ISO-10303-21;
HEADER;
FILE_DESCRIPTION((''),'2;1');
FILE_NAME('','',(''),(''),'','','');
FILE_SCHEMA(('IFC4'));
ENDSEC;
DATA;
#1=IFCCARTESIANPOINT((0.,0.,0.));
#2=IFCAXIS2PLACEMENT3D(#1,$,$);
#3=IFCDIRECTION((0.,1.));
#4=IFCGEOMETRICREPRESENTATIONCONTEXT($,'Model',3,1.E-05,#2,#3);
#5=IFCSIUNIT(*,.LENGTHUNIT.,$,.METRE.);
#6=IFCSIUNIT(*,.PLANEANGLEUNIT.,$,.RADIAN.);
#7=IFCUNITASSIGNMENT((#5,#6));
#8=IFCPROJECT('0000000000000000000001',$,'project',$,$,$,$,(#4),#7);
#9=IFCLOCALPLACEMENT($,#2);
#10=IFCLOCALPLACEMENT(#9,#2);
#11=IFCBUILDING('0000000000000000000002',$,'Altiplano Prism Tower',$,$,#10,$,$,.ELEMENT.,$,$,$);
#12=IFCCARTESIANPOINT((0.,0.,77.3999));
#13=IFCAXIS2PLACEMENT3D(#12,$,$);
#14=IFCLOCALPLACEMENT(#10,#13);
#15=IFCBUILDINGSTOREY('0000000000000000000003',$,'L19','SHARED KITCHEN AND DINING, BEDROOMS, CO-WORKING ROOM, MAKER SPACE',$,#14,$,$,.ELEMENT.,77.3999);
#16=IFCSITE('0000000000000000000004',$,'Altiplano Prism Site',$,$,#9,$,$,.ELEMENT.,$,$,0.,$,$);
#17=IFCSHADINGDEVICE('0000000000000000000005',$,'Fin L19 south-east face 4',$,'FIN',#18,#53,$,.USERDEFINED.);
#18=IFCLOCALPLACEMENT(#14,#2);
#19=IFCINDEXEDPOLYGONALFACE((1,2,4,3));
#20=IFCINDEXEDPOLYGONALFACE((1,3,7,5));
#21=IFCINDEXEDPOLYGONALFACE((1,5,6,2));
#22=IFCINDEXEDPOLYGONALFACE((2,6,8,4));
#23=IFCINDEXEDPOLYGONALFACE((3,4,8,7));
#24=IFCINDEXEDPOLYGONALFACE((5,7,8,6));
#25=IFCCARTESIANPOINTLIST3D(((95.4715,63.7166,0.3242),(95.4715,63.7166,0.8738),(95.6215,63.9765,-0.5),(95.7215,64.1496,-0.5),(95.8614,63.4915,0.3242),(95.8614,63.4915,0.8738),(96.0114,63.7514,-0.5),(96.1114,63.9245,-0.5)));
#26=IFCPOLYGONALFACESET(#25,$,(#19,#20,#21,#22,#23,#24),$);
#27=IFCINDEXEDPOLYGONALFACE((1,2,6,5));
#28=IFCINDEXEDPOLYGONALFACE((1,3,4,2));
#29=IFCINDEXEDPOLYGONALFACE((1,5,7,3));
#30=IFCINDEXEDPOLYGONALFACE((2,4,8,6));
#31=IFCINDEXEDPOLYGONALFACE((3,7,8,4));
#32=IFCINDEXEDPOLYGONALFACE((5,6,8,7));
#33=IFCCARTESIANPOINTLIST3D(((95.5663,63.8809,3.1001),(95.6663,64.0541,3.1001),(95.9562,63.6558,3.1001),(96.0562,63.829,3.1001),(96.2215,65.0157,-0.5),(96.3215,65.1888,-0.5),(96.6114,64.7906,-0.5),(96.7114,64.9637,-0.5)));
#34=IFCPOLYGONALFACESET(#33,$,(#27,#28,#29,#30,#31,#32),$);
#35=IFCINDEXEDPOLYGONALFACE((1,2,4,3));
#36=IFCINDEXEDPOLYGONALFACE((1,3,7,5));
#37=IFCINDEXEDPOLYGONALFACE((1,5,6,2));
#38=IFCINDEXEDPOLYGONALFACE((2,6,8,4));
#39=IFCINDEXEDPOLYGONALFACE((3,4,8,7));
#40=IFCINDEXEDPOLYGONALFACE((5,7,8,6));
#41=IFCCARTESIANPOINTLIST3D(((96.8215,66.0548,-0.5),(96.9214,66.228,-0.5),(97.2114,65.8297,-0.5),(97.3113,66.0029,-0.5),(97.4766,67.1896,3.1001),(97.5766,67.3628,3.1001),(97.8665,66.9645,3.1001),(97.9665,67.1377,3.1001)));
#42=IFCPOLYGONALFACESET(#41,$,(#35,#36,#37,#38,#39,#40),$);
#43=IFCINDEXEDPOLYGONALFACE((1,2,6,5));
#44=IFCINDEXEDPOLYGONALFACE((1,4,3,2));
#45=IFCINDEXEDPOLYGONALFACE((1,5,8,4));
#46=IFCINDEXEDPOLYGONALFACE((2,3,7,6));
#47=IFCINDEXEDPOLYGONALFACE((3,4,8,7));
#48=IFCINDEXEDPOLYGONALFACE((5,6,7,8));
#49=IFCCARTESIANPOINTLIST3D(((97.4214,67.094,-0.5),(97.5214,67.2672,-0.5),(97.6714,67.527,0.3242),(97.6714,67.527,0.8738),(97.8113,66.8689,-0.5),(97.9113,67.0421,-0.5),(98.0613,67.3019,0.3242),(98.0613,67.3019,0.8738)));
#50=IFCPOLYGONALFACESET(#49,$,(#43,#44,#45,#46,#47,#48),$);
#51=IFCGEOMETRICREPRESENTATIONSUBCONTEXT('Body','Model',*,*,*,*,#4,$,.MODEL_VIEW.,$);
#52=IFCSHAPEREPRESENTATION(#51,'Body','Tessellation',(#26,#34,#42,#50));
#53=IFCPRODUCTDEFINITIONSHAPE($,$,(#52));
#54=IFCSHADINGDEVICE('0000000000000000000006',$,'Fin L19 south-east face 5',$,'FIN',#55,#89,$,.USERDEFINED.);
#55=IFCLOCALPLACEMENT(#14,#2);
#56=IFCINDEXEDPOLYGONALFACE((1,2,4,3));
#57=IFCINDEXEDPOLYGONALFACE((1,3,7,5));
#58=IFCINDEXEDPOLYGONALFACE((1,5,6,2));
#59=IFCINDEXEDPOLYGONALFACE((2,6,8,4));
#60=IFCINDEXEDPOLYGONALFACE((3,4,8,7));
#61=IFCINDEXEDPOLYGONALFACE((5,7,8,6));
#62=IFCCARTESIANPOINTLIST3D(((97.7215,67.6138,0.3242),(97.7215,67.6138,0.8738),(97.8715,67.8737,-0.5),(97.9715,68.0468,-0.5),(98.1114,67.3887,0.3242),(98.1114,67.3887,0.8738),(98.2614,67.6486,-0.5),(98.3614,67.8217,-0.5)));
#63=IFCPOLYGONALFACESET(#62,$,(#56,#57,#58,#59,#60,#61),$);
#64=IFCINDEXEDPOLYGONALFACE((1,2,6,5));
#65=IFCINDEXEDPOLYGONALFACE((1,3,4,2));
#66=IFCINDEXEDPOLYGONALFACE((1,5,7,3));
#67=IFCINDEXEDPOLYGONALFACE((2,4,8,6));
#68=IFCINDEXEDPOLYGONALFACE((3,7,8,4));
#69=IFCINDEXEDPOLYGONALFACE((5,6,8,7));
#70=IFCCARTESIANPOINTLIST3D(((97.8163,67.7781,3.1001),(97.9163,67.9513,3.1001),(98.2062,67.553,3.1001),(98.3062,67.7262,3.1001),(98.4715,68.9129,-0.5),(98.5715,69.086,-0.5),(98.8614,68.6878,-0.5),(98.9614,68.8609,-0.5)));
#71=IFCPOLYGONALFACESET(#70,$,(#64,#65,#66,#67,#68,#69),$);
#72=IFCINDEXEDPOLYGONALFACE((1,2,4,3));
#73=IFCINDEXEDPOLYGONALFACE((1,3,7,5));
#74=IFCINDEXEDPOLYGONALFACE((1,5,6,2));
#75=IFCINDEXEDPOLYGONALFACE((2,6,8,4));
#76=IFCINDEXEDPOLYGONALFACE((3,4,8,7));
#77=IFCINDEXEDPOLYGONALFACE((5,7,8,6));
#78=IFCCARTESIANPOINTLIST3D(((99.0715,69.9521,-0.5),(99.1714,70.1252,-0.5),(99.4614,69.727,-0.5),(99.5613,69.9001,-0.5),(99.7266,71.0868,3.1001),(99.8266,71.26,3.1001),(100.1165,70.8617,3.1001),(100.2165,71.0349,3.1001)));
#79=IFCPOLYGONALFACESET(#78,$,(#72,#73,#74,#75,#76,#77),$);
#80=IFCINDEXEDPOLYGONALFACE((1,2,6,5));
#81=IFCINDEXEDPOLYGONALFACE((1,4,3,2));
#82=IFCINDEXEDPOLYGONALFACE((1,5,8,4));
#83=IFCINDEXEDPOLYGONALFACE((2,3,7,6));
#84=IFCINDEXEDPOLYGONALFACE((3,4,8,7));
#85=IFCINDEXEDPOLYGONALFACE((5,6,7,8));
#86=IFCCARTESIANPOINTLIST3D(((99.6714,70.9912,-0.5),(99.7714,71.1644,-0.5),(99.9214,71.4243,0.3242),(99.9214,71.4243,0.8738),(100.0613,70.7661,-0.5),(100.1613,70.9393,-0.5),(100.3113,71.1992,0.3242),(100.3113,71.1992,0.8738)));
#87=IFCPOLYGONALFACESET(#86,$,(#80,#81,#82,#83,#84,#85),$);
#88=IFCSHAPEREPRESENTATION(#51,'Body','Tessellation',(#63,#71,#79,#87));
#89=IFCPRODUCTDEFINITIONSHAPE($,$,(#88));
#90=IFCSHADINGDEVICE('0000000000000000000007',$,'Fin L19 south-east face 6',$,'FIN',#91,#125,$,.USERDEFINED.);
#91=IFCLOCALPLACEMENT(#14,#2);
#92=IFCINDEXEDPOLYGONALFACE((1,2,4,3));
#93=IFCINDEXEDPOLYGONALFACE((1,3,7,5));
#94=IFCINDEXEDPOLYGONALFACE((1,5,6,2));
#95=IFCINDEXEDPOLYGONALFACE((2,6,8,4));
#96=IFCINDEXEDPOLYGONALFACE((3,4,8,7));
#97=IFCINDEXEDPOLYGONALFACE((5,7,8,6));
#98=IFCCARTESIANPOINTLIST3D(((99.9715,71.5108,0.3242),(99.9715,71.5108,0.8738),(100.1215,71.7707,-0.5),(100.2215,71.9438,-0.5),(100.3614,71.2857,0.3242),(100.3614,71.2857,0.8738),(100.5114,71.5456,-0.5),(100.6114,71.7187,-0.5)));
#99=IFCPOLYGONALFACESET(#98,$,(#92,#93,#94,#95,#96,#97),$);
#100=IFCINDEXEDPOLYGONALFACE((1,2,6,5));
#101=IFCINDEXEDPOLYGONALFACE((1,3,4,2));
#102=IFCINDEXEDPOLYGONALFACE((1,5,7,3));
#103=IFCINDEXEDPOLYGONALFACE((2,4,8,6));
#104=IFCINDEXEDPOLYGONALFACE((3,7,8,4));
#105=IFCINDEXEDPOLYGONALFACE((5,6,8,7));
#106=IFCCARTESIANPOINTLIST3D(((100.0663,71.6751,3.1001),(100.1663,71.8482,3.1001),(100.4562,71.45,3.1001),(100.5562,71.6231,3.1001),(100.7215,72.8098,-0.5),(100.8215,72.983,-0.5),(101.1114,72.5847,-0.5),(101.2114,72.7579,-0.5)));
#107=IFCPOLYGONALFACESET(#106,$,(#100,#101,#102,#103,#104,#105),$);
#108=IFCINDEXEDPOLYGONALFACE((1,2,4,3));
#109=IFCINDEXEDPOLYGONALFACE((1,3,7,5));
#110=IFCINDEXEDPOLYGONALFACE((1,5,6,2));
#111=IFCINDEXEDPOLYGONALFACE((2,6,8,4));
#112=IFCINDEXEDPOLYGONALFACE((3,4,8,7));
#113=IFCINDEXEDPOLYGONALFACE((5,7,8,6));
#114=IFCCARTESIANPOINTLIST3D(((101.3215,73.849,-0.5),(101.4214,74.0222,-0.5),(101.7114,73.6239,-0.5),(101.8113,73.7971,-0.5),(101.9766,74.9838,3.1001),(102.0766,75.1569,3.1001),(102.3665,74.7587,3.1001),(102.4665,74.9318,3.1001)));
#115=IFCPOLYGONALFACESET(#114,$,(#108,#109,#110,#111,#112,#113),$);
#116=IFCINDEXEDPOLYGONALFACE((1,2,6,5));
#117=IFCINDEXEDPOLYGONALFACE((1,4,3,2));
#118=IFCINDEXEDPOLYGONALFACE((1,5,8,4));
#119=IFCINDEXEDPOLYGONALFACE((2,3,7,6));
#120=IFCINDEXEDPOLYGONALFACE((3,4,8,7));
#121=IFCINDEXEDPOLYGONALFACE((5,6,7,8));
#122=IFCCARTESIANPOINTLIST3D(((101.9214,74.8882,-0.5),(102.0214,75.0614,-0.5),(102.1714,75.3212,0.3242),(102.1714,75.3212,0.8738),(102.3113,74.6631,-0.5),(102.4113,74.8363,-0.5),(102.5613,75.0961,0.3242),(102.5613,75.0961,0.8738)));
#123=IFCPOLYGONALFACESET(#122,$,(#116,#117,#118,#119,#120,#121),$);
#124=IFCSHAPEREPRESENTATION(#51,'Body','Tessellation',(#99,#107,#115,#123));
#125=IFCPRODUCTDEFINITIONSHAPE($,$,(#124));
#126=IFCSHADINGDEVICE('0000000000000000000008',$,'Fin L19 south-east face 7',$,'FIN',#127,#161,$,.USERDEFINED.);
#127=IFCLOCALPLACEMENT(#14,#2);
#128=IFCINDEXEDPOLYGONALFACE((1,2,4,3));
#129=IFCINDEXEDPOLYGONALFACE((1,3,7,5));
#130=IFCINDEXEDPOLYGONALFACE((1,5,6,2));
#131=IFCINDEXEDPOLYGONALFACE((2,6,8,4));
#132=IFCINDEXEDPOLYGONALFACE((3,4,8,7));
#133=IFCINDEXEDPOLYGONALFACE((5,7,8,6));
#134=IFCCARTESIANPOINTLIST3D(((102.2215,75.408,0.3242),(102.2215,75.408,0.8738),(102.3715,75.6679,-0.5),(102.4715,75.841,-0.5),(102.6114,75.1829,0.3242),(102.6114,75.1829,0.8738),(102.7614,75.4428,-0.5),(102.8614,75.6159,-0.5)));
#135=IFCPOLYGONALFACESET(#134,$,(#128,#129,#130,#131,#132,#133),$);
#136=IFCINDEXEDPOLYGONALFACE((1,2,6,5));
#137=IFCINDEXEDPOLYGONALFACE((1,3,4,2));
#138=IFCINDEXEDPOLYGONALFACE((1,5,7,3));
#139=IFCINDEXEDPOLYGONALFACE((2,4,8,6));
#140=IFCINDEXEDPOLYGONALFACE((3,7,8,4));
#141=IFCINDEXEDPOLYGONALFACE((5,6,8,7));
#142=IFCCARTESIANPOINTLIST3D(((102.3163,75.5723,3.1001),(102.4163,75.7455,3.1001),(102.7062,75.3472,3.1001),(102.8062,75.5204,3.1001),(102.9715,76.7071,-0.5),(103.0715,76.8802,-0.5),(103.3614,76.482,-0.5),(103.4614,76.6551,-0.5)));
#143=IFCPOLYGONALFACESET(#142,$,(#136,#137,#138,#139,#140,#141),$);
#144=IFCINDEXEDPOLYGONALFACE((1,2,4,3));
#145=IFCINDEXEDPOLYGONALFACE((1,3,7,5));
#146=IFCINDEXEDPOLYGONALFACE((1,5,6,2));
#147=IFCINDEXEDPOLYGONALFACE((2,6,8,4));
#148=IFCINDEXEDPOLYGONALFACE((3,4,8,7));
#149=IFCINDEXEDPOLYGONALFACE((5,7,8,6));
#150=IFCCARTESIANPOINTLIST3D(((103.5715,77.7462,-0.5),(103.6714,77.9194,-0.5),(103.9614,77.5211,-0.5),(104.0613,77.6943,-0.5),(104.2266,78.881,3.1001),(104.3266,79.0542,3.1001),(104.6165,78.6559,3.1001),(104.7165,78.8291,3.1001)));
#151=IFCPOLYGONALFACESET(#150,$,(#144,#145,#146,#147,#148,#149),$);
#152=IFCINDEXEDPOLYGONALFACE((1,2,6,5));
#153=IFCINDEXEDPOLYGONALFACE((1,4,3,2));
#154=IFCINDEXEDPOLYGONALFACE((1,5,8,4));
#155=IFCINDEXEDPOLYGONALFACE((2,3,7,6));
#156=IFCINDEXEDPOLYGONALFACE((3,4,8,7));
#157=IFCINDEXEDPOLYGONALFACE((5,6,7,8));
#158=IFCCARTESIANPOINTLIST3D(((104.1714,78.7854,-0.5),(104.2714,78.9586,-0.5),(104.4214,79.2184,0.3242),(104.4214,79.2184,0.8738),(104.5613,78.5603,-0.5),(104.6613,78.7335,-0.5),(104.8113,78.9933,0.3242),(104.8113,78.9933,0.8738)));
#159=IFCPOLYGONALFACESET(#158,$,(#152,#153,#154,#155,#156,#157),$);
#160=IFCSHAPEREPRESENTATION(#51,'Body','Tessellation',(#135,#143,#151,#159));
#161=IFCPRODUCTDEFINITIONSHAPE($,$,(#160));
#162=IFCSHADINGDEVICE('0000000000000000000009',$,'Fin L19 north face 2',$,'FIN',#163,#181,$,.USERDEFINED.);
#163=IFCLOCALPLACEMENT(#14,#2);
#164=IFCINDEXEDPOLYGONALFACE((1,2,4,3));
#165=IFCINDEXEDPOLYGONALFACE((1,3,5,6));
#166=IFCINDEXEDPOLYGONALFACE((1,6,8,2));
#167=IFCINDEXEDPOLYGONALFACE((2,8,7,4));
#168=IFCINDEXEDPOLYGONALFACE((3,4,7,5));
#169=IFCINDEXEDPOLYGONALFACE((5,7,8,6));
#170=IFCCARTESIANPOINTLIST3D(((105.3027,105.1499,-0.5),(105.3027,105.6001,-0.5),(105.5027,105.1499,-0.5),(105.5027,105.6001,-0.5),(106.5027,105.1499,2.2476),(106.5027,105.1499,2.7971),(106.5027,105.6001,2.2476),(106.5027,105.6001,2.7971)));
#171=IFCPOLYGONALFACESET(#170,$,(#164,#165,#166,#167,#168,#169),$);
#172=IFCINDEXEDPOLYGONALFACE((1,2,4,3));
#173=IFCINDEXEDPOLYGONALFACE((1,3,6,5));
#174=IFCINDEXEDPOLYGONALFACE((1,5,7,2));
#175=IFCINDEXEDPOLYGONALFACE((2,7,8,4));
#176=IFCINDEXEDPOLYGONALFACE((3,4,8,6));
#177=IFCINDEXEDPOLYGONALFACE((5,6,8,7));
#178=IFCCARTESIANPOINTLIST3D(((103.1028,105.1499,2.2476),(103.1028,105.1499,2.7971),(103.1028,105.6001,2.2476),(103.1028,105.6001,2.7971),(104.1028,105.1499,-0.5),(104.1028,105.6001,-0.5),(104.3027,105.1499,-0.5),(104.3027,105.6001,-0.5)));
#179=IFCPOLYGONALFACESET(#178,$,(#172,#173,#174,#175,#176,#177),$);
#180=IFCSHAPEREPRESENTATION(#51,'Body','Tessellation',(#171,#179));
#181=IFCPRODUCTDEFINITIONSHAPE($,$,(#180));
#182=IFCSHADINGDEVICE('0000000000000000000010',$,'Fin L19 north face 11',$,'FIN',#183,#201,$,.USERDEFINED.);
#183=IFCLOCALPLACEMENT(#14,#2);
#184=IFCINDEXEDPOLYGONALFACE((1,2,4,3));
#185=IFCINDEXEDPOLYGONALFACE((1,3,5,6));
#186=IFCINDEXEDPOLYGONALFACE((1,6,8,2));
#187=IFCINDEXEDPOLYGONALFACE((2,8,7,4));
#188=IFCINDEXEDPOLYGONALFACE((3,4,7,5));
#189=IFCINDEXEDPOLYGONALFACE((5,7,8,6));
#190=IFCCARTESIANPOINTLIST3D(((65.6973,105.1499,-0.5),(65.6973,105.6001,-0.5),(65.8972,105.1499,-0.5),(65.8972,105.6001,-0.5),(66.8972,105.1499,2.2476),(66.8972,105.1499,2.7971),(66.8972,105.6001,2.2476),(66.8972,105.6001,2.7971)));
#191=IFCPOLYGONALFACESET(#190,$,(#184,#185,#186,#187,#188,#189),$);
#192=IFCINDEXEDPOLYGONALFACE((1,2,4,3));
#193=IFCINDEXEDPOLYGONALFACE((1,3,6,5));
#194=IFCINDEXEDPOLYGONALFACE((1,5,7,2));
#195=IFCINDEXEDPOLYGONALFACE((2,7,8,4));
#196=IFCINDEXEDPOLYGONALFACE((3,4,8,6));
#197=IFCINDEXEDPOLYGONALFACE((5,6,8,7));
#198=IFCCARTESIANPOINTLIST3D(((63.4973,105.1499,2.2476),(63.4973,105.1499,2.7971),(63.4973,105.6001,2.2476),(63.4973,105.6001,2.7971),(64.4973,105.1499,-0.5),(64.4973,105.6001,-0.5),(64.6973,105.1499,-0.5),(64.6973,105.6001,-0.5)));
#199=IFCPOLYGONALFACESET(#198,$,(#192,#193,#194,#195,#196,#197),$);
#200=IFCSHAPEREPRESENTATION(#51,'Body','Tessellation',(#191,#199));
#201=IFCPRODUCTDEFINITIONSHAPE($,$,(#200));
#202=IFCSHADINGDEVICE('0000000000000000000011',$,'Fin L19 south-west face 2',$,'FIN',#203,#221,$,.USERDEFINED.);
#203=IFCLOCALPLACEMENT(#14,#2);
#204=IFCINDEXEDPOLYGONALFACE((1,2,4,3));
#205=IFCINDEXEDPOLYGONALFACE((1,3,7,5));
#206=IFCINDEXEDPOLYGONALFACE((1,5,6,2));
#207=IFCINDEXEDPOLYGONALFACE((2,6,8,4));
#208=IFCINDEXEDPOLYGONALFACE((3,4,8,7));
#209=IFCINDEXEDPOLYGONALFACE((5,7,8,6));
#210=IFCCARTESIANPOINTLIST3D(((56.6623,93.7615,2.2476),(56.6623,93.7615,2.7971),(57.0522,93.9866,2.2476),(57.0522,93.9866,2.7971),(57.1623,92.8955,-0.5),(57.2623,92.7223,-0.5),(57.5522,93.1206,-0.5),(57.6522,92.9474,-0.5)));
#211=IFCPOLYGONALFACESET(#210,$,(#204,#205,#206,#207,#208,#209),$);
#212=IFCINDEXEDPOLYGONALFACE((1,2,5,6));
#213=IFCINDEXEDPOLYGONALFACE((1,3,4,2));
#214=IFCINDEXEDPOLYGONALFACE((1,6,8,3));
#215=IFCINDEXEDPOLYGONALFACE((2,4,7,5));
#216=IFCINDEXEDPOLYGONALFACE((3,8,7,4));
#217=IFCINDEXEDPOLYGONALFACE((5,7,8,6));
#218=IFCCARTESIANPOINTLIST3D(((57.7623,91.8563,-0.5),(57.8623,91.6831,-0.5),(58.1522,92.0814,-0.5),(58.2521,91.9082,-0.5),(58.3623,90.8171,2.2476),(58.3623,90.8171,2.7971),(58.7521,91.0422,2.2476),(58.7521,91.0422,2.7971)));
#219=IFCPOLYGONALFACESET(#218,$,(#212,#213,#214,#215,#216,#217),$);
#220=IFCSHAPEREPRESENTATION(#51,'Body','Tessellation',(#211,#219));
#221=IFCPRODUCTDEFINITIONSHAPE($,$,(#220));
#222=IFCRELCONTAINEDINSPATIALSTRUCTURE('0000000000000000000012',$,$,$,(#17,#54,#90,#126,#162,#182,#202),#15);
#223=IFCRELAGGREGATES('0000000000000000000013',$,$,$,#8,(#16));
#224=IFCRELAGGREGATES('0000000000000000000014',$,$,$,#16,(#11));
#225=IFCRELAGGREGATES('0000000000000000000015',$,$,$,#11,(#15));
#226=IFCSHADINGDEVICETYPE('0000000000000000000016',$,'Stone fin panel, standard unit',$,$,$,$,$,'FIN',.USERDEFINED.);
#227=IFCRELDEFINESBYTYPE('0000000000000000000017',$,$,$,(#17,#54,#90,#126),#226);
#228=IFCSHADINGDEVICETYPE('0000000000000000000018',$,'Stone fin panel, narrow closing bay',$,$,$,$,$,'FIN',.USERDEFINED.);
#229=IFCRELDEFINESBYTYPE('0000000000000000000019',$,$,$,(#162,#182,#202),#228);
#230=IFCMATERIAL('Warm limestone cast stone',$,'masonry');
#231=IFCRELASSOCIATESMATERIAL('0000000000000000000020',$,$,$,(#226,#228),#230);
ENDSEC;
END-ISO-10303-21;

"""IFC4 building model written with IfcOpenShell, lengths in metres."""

from ifc_helpers import new_model, si_unit, direction, frame, origin, place, context, subcontext, project, spatial, polyline, outline, extrude, source, transform, mapped, material, type_object, element, save


model = new_model("IFC4")

# Units and contexts
model_context = context("Model", 3, precision=1e-05, world=origin(), true_north=direction((0.0, 1.0)))
body_context = subcontext(model_context, "Body", "Model", "MODEL_VIEW")
ifc_project = project(units=[si_unit("LENGTHUNIT", "METRE"), si_unit("PLANEANGLEUNIT", "RADIAN")], contexts=[model_context])

# Site, building, storey
site_placement = place(None, origin())
site = spatial("IfcSite", under=ifc_project, at=site_placement, Name="Altiplano Prism Site", CompositionType="ELEMENT", RefElevation=0.0)
building_placement = place(site_placement, origin())
building = spatial("IfcBuilding", under=site, at=building_placement, Name="Altiplano Prism Tower", CompositionType="ELEMENT")
storey_placement = place(building_placement, frame((0.0, 0.0, 77.3999)))
storey = spatial("IfcBuildingStorey", under=building, at=storey_placement, Name="L19", Description="SHARED KITCHEN AND DINING, BEDROOMS, CO-WORKING ROOM, MAKER SPACE", CompositionType="ELEMENT", Elevation=77.3999)

# Shading devices
ifc_material_1 = material(Name="Warm limestone cast stone", Category="masonry")
shading_device_type_1 = type_object("IfcShadingDeviceType", Name="Stone fin panel, standard unit", ElementType="FIN", PredefinedType="USERDEFINED", material=ifc_material_1)
shared_shape_1 = source(origin(), body_context, "Body", "SweptSolid", [
    extrude(outline(polyline([(-2.2, 1.3738), (-2.2, 0.8242), (-1.8999, 0.0), (-1.7, 0.0), (-2.2, 1.3738)])), frame((0.0, -0.1499, 0.0), z_axis=(0.0, -1.0, 0.0), x_axis=(1.0, 0.0, 0.0)), (0.0, 0.0, 1.0), 0.4502),
    extrude(outline(polyline([(-2.0103, 3.6001), (-0.7, 0.0), (-0.5, 0.0), (-1.8103, 3.6001), (-2.0103, 3.6001)])), frame((0.0, -0.1499, 0.0), z_axis=(0.0, -1.0, 0.0), x_axis=(1.0, 0.0, 0.0)), (0.0, 0.0, 1.0), 0.4502),
    extrude(outline(polyline([(1.8103, 3.6001), (0.5, 0.0), (0.7, 0.0), (2.0103, 3.6001), (1.8103, 3.6001)])), frame((0.0, -0.1499, 0.0), z_axis=(0.0, -1.0, 0.0), x_axis=(1.0, 0.0, 0.0)), (0.0, 0.0, 1.0), 0.4502),
    extrude(outline(polyline([(2.2, 0.8242), (2.2, 1.3738), (1.7, 0.0), (1.8999, 0.0), (2.2, 0.8242)])), frame((0.0, -0.1499, 0.0), z_axis=(0.0, -1.0, 0.0), x_axis=(1.0, 0.0, 0.0)), (0.0, 0.0, 1.0), 0.4502),
])
shading_device_1_placement = place(storey_placement, origin())
element("IfcShadingDevice", 1, at=shading_device_1_placement, inside=storey, type_object=shading_device_type_1, Name="Fin L19 south-east face 4", ObjectType="FIN", PredefinedType="USERDEFINED", context=body_context, shape_type="MappedRepresentation", body=[
    mapped(shared_shape_1, transform((96.4417, 65.6968, -0.5), x_axis=(0.5, 0.866025, 0.0), y_axis=(-0.866025, 0.5, 0.0), z_axis=(0.0, 0.0, 1.0))),
])
shading_device_2_placement = place(storey_placement, origin())
element("IfcShadingDevice", 2, at=shading_device_2_placement, inside=storey, type_object=shading_device_type_1, Name="Fin L19 south-east face 5", ObjectType="FIN", PredefinedType="USERDEFINED", context=body_context, shape_type="MappedRepresentation", body=[
    mapped(shared_shape_1, transform((98.6917, 69.594, -0.5), x_axis=(0.5, 0.866025, 0.0), y_axis=(-0.866025, 0.5, 0.0), z_axis=(0.0, 0.0, 1.0))),
])
shading_device_3_placement = place(storey_placement, origin())
element("IfcShadingDevice", 3, at=shading_device_3_placement, inside=storey, type_object=shading_device_type_1, Name="Fin L19 south-east face 6", ObjectType="FIN", PredefinedType="USERDEFINED", context=body_context, shape_type="MappedRepresentation", body=[
    mapped(shared_shape_1, transform((100.9417, 73.491, -0.5), x_axis=(0.5, 0.866025, 0.0), y_axis=(-0.866025, 0.5, 0.0), z_axis=(0.0, 0.0, 1.0))),
])
shading_device_4_placement = place(storey_placement, origin())
element("IfcShadingDevice", 4, at=shading_device_4_placement, inside=storey, type_object=shading_device_type_1, Name="Fin L19 south-east face 7", ObjectType="FIN", PredefinedType="USERDEFINED", context=body_context, shape_type="MappedRepresentation", body=[
    mapped(shared_shape_1, transform((103.1917, 77.3882, -0.5), x_axis=(0.5, 0.866025, 0.0), y_axis=(-0.866025, 0.5, 0.0), z_axis=(0.0, 0.0, 1.0))),
])
shading_device_type_2 = type_object("IfcShadingDeviceType", Name="Stone fin panel, narrow closing bay", ElementType="FIN", PredefinedType="USERDEFINED", material=ifc_material_1)
shared_shape_2 = source(origin(), body_context, "Body", "SweptSolid", [
    extrude(outline(polyline([(-1.7, 3.2971), (-1.7, 2.7476), (-0.7, 0.0), (-0.5, 0.0), (-1.7, 3.2971)])), frame((0.0, -0.1499, 0.0), z_axis=(0.0, -1.0, 0.0), x_axis=(1.0, 0.0, 0.0)), (0.0, 0.0, 1.0), 0.4502),
    extrude(outline(polyline([(1.7, 2.7476), (1.7, 3.2971), (0.5, 0.0), (0.7, 0.0), (1.7, 2.7476)])), frame((0.0, -0.1499, 0.0), z_axis=(0.0, -1.0, 0.0), x_axis=(1.0, 0.0, 0.0)), (0.0, 0.0, 1.0), 0.4502),
])
shading_device_5_placement = place(storey_placement, origin())
element("IfcShadingDevice", 5, at=shading_device_5_placement, inside=storey, type_object=shading_device_type_2, Name="Fin L19 north face 2", ObjectType="FIN", PredefinedType="USERDEFINED", context=body_context, shape_type="MappedRepresentation", body=[
    mapped(shared_shape_2, transform((104.8027, 105.0, -0.5), x_axis=(-1.0, 0.0, 0.0), y_axis=(0.0, -1.0, 0.0), z_axis=(0.0, 0.0, 1.0))),
])
shading_device_6_placement = place(storey_placement, origin())
element("IfcShadingDevice", 6, at=shading_device_6_placement, inside=storey, type_object=shading_device_type_2, Name="Fin L19 north face 11", ObjectType="FIN", PredefinedType="USERDEFINED", context=body_context, shape_type="MappedRepresentation", body=[
    mapped(shared_shape_2, transform((65.1973, 105.0, -0.5), x_axis=(-1.0, 0.0, 0.0), y_axis=(0.0, -1.0, 0.0), z_axis=(0.0, 0.0, 1.0))),
])
shading_device_7_placement = place(storey_placement, origin())
element("IfcShadingDevice", 7, at=shading_device_7_placement, inside=storey, type_object=shading_device_type_2, Name="Fin L19 south-west face 2", ObjectType="FIN", PredefinedType="USERDEFINED", context=body_context, shape_type="MappedRepresentation", body=[
    mapped(shared_shape_2, transform((58.032, 92.5894, -0.5), x_axis=(0.5, -0.866025, 0.0), y_axis=(0.866025, 0.5, 0.0), z_axis=(0.0, 0.0, 1.0))),
])

save(model, "model.ifc")
